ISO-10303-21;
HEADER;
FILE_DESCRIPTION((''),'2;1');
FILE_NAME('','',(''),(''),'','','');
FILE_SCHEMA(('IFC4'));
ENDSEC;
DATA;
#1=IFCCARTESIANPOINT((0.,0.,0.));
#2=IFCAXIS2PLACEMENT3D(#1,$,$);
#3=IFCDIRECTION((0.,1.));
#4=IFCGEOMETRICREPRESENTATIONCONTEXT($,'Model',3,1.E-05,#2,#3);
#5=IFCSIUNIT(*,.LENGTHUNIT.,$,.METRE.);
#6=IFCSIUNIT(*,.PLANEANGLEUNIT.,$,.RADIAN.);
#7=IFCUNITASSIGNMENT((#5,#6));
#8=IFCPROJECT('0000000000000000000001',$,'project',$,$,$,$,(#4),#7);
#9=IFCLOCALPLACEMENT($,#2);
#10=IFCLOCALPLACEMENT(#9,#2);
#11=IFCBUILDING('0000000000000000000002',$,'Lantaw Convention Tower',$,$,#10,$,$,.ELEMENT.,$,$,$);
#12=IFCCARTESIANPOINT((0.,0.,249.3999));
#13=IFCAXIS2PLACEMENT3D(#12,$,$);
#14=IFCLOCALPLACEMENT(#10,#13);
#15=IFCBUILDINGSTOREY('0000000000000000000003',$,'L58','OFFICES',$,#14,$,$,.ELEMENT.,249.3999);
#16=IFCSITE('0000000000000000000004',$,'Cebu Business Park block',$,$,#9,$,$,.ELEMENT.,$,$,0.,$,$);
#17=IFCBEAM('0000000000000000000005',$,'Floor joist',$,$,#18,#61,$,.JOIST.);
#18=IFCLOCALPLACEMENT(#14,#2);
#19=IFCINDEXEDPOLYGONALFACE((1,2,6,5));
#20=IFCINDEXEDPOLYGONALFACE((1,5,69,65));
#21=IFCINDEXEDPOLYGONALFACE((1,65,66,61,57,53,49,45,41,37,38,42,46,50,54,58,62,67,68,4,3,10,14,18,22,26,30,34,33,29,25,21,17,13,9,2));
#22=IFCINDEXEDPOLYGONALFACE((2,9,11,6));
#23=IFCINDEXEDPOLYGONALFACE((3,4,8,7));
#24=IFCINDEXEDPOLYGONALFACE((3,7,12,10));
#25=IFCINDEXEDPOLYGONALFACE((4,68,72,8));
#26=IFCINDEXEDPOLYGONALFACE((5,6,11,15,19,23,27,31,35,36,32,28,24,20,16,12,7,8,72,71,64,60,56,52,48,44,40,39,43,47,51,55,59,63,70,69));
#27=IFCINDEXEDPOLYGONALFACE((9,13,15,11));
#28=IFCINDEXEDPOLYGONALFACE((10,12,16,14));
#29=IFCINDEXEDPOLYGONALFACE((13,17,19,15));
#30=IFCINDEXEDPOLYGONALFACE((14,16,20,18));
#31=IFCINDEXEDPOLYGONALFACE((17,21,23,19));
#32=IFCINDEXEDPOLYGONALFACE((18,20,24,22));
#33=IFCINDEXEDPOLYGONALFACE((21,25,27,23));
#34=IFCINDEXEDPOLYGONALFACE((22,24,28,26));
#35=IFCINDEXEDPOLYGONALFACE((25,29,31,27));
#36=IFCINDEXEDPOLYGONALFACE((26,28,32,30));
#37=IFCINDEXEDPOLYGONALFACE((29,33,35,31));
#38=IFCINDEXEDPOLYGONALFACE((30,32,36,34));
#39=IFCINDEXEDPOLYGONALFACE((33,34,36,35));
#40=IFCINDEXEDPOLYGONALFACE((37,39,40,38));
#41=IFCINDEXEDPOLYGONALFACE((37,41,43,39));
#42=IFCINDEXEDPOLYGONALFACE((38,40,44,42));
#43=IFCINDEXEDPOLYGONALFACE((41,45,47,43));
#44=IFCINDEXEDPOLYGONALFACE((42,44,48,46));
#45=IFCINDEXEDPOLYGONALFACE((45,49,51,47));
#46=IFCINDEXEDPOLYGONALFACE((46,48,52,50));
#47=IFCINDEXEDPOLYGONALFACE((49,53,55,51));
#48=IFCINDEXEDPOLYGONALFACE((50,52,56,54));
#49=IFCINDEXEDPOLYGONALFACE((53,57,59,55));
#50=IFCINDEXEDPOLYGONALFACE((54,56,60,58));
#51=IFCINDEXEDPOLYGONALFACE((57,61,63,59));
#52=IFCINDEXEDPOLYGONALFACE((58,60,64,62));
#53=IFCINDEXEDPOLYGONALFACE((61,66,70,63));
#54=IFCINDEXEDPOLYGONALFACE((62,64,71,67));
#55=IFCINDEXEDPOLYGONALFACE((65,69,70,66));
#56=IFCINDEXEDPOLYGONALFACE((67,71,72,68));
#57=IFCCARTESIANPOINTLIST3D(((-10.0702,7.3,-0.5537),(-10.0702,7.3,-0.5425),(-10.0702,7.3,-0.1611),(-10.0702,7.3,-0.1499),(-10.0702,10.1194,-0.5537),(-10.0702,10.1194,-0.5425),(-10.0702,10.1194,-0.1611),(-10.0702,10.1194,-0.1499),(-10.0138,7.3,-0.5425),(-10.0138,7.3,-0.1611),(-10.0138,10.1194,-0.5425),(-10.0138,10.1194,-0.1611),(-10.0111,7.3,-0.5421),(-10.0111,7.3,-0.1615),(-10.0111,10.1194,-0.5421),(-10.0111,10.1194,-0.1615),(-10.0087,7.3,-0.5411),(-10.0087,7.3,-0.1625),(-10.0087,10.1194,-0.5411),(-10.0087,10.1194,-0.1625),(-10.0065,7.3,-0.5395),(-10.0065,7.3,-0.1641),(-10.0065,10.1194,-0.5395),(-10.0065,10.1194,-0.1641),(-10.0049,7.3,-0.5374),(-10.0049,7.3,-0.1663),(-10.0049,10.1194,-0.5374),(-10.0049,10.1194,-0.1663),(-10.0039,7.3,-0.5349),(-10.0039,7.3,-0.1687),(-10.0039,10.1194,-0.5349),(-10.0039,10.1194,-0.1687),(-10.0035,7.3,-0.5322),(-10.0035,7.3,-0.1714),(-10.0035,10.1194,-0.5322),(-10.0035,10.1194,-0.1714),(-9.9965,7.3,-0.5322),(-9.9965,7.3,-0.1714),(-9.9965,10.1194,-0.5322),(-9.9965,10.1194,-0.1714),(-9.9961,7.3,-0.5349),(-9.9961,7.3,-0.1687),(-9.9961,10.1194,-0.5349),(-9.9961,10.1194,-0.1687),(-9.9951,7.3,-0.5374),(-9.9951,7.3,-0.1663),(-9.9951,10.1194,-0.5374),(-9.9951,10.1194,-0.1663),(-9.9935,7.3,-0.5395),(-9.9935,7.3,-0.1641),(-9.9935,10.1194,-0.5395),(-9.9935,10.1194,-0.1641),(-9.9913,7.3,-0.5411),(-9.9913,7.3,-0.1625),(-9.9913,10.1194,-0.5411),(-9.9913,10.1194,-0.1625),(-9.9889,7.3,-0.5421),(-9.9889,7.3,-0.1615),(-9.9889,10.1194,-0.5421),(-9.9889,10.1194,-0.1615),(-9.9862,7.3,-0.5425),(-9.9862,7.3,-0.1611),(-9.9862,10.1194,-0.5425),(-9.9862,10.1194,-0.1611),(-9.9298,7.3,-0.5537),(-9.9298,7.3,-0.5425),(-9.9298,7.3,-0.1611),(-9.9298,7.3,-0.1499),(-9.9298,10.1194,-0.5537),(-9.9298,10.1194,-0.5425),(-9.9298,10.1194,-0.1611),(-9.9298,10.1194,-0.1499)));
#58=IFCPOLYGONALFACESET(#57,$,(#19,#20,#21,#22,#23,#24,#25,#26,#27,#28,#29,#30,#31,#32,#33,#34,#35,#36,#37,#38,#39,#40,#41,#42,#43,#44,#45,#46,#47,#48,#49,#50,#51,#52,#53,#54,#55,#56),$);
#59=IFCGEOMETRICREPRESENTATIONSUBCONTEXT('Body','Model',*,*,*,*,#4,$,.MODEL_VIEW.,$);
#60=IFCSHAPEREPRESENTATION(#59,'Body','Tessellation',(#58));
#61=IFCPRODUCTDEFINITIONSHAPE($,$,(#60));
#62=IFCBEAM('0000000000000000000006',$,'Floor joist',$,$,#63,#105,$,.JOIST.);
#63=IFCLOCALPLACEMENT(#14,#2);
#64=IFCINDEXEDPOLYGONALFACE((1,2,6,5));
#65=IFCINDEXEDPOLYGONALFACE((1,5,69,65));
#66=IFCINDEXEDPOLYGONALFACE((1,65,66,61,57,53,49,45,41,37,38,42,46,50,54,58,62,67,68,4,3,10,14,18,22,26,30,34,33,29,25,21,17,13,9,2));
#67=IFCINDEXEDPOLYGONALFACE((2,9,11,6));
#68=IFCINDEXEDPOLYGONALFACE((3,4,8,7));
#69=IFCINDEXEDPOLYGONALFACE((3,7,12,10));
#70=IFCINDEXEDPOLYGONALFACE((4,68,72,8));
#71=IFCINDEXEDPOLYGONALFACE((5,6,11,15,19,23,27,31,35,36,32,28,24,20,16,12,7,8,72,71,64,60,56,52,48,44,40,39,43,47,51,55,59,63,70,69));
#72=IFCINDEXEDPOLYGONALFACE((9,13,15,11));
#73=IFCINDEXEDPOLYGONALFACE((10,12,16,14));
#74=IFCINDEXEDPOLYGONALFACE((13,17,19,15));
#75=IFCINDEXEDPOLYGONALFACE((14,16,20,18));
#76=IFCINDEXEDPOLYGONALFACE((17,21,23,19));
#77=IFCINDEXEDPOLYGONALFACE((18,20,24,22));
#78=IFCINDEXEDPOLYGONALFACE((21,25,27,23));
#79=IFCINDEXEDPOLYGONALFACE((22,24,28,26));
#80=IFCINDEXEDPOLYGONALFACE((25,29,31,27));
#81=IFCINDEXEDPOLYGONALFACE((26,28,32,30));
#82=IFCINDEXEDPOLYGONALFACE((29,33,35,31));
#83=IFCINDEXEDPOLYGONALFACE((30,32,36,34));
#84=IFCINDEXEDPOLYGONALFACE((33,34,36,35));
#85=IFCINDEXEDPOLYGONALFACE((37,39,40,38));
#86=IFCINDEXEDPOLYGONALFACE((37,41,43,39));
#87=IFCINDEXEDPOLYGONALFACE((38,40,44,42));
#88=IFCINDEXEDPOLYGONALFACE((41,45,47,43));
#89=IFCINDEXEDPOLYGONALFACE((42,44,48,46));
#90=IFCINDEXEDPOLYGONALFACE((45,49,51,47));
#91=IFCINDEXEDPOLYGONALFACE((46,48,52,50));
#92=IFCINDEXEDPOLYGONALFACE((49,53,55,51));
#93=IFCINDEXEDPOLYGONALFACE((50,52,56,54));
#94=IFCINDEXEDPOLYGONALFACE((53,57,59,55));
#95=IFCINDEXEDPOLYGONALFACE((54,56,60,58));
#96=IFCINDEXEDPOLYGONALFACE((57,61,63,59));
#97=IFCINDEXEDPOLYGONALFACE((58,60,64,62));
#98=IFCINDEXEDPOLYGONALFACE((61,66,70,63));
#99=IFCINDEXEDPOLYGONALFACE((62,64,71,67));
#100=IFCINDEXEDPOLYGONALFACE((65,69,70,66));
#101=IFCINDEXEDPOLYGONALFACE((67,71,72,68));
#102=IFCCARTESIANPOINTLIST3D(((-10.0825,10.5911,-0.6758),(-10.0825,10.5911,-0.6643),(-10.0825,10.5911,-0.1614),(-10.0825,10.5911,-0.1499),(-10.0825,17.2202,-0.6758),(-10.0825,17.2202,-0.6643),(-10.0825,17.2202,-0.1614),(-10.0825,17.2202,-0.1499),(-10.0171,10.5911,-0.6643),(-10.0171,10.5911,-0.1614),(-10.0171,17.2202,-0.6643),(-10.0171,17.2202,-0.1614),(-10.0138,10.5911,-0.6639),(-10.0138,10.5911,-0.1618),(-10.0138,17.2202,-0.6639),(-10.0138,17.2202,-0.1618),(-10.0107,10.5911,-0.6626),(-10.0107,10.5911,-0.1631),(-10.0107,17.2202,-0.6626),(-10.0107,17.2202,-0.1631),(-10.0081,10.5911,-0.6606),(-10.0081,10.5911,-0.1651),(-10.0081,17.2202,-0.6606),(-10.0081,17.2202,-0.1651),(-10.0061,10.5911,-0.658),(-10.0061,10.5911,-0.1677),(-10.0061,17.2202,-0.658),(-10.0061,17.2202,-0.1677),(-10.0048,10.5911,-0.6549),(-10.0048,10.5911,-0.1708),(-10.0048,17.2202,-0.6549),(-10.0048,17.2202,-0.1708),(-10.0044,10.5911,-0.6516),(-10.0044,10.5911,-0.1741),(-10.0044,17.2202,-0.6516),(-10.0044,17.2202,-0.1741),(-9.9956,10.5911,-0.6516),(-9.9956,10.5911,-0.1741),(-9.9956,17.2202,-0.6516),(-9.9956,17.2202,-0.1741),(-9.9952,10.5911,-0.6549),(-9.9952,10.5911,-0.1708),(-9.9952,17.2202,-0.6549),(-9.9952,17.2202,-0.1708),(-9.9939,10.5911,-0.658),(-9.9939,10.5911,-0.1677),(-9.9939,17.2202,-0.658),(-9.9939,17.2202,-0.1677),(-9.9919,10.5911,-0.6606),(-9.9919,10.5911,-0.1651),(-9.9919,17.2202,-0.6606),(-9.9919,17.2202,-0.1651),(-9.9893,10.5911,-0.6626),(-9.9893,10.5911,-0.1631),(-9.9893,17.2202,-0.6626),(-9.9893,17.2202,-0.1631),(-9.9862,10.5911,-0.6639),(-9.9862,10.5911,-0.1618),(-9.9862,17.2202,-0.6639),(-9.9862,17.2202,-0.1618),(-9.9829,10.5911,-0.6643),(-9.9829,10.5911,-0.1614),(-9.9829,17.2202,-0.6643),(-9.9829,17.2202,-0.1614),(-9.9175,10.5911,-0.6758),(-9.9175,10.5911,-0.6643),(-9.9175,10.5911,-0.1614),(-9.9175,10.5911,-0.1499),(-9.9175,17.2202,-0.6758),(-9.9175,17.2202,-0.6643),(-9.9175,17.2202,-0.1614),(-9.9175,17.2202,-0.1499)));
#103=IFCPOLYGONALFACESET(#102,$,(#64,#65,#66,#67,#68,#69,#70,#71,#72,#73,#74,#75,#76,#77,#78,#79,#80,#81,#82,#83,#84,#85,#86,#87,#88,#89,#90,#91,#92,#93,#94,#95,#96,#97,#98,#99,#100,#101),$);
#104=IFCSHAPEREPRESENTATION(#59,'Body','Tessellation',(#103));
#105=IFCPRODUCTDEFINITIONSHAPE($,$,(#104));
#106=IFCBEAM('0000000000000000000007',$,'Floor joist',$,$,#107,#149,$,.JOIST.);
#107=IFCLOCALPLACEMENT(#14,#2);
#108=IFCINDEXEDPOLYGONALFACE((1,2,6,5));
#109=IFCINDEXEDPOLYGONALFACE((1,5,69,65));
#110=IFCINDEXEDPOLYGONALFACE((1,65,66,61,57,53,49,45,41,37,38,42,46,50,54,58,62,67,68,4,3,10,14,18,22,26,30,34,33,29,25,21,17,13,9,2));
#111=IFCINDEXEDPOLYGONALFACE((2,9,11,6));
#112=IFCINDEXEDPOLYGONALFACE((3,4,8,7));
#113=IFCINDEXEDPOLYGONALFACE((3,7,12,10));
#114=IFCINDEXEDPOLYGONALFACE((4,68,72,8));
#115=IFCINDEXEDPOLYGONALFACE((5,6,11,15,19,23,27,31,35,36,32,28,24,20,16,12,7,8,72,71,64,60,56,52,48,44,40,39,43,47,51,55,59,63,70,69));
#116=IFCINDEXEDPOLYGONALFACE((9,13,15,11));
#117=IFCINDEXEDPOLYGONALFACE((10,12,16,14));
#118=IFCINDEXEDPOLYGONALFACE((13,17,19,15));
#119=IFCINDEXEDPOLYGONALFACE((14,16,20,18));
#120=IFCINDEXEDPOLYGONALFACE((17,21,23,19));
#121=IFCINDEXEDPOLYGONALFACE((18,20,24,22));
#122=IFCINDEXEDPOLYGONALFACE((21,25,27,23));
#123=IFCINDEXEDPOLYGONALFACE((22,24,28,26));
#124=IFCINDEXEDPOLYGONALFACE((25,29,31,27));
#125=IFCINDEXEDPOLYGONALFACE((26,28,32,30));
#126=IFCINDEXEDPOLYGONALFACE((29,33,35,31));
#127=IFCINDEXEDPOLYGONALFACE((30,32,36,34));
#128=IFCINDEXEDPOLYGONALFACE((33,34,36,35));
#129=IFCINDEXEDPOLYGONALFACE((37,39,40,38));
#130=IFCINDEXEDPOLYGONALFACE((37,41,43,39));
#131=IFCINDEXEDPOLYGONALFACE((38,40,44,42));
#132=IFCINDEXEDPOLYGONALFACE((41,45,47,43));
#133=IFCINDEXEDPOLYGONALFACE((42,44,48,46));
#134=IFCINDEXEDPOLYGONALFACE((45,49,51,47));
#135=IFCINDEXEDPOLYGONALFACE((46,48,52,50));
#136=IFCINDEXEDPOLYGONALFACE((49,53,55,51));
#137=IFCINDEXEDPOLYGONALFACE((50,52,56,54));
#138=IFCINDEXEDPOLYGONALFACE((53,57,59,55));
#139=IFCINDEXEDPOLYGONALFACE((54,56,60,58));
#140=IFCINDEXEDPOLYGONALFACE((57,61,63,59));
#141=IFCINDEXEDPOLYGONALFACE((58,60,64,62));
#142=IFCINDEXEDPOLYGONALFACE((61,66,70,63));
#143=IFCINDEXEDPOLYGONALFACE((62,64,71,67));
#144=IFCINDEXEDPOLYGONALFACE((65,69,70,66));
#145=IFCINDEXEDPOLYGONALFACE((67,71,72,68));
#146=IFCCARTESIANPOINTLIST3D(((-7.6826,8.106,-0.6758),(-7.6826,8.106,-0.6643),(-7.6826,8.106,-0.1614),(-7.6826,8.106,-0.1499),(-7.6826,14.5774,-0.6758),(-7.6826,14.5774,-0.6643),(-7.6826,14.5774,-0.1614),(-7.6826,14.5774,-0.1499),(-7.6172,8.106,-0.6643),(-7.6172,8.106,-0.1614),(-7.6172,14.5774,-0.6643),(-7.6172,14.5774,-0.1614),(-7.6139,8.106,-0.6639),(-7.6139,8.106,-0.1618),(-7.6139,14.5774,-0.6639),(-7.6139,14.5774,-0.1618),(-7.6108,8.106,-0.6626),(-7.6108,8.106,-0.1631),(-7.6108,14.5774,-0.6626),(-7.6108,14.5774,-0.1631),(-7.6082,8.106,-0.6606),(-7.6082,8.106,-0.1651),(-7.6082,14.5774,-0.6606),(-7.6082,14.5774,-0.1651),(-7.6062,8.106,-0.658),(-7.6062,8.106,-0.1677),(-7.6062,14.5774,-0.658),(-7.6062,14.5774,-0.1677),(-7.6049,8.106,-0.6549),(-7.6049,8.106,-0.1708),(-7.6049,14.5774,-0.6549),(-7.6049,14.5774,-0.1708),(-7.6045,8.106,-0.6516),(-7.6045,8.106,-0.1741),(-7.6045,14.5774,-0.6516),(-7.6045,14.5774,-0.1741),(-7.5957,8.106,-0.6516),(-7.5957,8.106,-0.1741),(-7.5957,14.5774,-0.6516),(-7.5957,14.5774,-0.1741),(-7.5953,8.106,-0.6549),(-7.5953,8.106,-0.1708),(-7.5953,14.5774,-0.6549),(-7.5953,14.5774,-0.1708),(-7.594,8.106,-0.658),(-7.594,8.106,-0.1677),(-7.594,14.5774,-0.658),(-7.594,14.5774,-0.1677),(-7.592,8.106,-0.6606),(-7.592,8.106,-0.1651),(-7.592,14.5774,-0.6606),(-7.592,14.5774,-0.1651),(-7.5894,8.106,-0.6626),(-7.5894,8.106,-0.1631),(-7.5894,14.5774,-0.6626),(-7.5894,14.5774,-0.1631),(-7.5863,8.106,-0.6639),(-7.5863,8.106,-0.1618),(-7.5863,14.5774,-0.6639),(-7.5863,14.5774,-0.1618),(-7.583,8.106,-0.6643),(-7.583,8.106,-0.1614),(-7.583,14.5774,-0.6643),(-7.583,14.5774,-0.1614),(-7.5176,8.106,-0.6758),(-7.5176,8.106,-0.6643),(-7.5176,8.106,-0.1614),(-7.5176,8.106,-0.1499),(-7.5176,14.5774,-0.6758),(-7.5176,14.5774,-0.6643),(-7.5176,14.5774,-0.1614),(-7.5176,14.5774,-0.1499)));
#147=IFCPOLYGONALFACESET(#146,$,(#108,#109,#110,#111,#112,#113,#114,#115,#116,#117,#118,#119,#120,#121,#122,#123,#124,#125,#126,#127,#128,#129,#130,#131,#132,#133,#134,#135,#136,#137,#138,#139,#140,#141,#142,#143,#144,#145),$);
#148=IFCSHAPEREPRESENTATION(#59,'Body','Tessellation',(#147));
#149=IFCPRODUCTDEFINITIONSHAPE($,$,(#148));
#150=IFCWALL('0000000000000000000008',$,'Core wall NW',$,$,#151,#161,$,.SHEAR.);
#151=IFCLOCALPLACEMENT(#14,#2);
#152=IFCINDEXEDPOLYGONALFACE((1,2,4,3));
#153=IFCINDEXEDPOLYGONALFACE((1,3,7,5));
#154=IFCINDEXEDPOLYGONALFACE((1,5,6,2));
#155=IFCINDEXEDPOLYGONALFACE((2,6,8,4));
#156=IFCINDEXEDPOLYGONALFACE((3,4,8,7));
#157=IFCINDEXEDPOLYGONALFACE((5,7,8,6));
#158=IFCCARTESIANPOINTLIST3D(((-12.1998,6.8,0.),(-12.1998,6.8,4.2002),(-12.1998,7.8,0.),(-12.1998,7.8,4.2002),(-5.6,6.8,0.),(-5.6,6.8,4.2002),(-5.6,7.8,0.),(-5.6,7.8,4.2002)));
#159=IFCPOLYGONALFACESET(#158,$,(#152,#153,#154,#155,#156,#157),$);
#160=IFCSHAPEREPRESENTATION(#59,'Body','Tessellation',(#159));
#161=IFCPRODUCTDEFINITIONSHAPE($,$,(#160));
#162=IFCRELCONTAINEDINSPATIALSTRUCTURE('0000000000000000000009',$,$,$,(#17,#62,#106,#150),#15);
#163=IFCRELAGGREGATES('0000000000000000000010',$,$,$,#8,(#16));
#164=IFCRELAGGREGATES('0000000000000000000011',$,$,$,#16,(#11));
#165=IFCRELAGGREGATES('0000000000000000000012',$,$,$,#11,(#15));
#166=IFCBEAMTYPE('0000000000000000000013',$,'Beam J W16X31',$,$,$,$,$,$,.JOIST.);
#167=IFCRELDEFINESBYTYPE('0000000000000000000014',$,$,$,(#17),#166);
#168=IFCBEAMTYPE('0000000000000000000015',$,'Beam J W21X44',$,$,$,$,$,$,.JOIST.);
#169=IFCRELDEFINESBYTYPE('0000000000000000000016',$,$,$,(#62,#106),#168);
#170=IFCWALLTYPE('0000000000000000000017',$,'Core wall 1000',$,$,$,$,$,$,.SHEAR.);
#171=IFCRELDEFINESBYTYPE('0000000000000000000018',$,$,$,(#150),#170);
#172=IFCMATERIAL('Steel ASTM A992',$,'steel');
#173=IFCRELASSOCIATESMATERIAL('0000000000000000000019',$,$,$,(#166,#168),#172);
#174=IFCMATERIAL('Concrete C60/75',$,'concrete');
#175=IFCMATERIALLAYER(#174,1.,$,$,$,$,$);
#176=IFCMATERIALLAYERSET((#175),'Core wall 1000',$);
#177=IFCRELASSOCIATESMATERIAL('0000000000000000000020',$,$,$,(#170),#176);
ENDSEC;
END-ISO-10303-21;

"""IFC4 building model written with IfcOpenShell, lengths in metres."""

from ifc_helpers import new_model, si_unit, direction, frame, frame_2d, origin, origin_2d, place, context, subcontext, project, spatial, rectangle, i_section, extrude, material, layer, layer_set, material_profile, profile_set, type_object, element, save


model = new_model("IFC4")

# Units and contexts
model_context = context("Model", 3, precision=1e-05, world=origin(), true_north=direction((0.0, 1.0)))
body_context = subcontext(model_context, "Body", "Model", "MODEL_VIEW")
ifc_project = project(units=[si_unit("LENGTHUNIT", "METRE"), si_unit("PLANEANGLEUNIT", "RADIAN")], contexts=[model_context])

# Site, building, storey
site_placement = place(None, origin())
site = spatial("IfcSite", under=ifc_project, at=site_placement, Name="Cebu Business Park block", CompositionType="ELEMENT", RefElevation=0.0)
building_placement = place(site_placement, origin())
building = spatial("IfcBuilding", under=site, at=building_placement, Name="Lantaw Convention Tower", CompositionType="ELEMENT")
storey_placement = place(building_placement, frame((0.0, 0.0, 249.3999)))
storey = spatial("IfcBuildingStorey", under=building, at=storey_placement, Name="L58", Description="OFFICES", CompositionType="ELEMENT", Elevation=249.3999)

# Beams
ifc_material_1 = material(Name="Steel ASTM A992", Category="steel")
ifc_material_profile_1 = material_profile(ifc_material_1, i_section(OverallWidth=0.1404, OverallDepth=0.4038, WebThickness=0.0071, FlangeThickness=0.0112, FilletRadius=0.0103, at=origin_2d()), Name="W16X31")
ifc_profile_set_1 = profile_set([ifc_material_profile_1], Name="Steel ASTM A992")
beam_type_1 = type_object("IfcBeamType", Name="Beam J W16X31", PredefinedType="JOIST", material=ifc_profile_set_1)
beam_1_placement = place(storey_placement, frame((-10.0, 7.3, -0.3518), z_axis=(0.0, 1.0, 0.0), x_axis=(-1.0, 0.0, 0.0)))
element("IfcBeam", 1, at=beam_1_placement, inside=storey, type_object=beam_type_1, Name="Floor joist", PredefinedType="JOIST", context=body_context, shape_type="SweptSolid", body=[
    extrude(i_section(OverallWidth=0.1404, OverallDepth=0.4038, WebThickness=0.0071, FlangeThickness=0.0112, FilletRadius=0.0103, at=origin_2d()), origin(), (0.0, 0.0, 1.0), 2.8193),
])
ifc_material_profile_2 = material_profile(ifc_material_1, i_section(OverallWidth=0.165, OverallDepth=0.5259, WebThickness=0.0088, FlangeThickness=0.0115, FilletRadius=0.0127, at=origin_2d()), Name="W21X44")
ifc_profile_set_2 = profile_set([ifc_material_profile_2], Name="Steel ASTM A992")
beam_type_2 = type_object("IfcBeamType", Name="Beam J W21X44", PredefinedType="JOIST", material=ifc_profile_set_2)
beam_2_placement = place(storey_placement, frame((-10.0, 10.5911, -0.4128), z_axis=(0.0, 1.0, 0.0), x_axis=(-1.0, 0.0, 0.0)))
element("IfcBeam", 2, at=beam_2_placement, inside=storey, type_object=beam_type_2, Name="Floor joist", PredefinedType="JOIST", context=body_context, shape_type="SweptSolid", body=[
    extrude(i_section(OverallWidth=0.165, OverallDepth=0.5259, WebThickness=0.0088, FlangeThickness=0.0115, FilletRadius=0.0127, at=origin_2d()), origin(), (0.0, 0.0, 1.0), 6.6292),
])
beam_3_placement = place(storey_placement, frame((-7.6001, 8.106, -0.4128), z_axis=(0.0, 1.0, 0.0), x_axis=(-1.0, 0.0, 0.0)))
element("IfcBeam", 3, at=beam_3_placement, inside=storey, type_object=beam_type_2, Name="Floor joist", PredefinedType="JOIST", context=body_context, shape_type="SweptSolid", body=[
    extrude(i_section(OverallWidth=0.165, OverallDepth=0.5259, WebThickness=0.0088, FlangeThickness=0.0115, FilletRadius=0.0127, at=origin_2d()), origin(), (0.0, 0.0, 1.0), 6.4714),
])

# Wall
ifc_material_2 = material(Name="Concrete C60/75", Category="concrete")
ifc_layer_1 = layer(ifc_material_2, 1.0)
ifc_layer_set_1 = layer_set([ifc_layer_1], Name="Core wall 1000")
wall_type_1 = type_object("IfcWallType", Name="Core wall 1000", PredefinedType="SHEAR", material=ifc_layer_set_1)
wall_1_placement = place(storey_placement, frame((-5.6001, 7.3, 0.0), z_axis=(0.0, 0.0, 1.0), x_axis=(-1.0, 0.0, 0.0)))
element("IfcWall", 4, at=wall_1_placement, inside=storey, type_object=wall_type_1, Name="Core wall NW", PredefinedType="SHEAR", context=body_context, shape_type="SweptSolid", body=[
    extrude(rectangle(XDim=6.5999, YDim=1.0, at=frame_2d((3.2998, 0.0))), origin(), (0.0, 0.0, 1.0), 4.2002),
])

save(model, "model.ifc")
